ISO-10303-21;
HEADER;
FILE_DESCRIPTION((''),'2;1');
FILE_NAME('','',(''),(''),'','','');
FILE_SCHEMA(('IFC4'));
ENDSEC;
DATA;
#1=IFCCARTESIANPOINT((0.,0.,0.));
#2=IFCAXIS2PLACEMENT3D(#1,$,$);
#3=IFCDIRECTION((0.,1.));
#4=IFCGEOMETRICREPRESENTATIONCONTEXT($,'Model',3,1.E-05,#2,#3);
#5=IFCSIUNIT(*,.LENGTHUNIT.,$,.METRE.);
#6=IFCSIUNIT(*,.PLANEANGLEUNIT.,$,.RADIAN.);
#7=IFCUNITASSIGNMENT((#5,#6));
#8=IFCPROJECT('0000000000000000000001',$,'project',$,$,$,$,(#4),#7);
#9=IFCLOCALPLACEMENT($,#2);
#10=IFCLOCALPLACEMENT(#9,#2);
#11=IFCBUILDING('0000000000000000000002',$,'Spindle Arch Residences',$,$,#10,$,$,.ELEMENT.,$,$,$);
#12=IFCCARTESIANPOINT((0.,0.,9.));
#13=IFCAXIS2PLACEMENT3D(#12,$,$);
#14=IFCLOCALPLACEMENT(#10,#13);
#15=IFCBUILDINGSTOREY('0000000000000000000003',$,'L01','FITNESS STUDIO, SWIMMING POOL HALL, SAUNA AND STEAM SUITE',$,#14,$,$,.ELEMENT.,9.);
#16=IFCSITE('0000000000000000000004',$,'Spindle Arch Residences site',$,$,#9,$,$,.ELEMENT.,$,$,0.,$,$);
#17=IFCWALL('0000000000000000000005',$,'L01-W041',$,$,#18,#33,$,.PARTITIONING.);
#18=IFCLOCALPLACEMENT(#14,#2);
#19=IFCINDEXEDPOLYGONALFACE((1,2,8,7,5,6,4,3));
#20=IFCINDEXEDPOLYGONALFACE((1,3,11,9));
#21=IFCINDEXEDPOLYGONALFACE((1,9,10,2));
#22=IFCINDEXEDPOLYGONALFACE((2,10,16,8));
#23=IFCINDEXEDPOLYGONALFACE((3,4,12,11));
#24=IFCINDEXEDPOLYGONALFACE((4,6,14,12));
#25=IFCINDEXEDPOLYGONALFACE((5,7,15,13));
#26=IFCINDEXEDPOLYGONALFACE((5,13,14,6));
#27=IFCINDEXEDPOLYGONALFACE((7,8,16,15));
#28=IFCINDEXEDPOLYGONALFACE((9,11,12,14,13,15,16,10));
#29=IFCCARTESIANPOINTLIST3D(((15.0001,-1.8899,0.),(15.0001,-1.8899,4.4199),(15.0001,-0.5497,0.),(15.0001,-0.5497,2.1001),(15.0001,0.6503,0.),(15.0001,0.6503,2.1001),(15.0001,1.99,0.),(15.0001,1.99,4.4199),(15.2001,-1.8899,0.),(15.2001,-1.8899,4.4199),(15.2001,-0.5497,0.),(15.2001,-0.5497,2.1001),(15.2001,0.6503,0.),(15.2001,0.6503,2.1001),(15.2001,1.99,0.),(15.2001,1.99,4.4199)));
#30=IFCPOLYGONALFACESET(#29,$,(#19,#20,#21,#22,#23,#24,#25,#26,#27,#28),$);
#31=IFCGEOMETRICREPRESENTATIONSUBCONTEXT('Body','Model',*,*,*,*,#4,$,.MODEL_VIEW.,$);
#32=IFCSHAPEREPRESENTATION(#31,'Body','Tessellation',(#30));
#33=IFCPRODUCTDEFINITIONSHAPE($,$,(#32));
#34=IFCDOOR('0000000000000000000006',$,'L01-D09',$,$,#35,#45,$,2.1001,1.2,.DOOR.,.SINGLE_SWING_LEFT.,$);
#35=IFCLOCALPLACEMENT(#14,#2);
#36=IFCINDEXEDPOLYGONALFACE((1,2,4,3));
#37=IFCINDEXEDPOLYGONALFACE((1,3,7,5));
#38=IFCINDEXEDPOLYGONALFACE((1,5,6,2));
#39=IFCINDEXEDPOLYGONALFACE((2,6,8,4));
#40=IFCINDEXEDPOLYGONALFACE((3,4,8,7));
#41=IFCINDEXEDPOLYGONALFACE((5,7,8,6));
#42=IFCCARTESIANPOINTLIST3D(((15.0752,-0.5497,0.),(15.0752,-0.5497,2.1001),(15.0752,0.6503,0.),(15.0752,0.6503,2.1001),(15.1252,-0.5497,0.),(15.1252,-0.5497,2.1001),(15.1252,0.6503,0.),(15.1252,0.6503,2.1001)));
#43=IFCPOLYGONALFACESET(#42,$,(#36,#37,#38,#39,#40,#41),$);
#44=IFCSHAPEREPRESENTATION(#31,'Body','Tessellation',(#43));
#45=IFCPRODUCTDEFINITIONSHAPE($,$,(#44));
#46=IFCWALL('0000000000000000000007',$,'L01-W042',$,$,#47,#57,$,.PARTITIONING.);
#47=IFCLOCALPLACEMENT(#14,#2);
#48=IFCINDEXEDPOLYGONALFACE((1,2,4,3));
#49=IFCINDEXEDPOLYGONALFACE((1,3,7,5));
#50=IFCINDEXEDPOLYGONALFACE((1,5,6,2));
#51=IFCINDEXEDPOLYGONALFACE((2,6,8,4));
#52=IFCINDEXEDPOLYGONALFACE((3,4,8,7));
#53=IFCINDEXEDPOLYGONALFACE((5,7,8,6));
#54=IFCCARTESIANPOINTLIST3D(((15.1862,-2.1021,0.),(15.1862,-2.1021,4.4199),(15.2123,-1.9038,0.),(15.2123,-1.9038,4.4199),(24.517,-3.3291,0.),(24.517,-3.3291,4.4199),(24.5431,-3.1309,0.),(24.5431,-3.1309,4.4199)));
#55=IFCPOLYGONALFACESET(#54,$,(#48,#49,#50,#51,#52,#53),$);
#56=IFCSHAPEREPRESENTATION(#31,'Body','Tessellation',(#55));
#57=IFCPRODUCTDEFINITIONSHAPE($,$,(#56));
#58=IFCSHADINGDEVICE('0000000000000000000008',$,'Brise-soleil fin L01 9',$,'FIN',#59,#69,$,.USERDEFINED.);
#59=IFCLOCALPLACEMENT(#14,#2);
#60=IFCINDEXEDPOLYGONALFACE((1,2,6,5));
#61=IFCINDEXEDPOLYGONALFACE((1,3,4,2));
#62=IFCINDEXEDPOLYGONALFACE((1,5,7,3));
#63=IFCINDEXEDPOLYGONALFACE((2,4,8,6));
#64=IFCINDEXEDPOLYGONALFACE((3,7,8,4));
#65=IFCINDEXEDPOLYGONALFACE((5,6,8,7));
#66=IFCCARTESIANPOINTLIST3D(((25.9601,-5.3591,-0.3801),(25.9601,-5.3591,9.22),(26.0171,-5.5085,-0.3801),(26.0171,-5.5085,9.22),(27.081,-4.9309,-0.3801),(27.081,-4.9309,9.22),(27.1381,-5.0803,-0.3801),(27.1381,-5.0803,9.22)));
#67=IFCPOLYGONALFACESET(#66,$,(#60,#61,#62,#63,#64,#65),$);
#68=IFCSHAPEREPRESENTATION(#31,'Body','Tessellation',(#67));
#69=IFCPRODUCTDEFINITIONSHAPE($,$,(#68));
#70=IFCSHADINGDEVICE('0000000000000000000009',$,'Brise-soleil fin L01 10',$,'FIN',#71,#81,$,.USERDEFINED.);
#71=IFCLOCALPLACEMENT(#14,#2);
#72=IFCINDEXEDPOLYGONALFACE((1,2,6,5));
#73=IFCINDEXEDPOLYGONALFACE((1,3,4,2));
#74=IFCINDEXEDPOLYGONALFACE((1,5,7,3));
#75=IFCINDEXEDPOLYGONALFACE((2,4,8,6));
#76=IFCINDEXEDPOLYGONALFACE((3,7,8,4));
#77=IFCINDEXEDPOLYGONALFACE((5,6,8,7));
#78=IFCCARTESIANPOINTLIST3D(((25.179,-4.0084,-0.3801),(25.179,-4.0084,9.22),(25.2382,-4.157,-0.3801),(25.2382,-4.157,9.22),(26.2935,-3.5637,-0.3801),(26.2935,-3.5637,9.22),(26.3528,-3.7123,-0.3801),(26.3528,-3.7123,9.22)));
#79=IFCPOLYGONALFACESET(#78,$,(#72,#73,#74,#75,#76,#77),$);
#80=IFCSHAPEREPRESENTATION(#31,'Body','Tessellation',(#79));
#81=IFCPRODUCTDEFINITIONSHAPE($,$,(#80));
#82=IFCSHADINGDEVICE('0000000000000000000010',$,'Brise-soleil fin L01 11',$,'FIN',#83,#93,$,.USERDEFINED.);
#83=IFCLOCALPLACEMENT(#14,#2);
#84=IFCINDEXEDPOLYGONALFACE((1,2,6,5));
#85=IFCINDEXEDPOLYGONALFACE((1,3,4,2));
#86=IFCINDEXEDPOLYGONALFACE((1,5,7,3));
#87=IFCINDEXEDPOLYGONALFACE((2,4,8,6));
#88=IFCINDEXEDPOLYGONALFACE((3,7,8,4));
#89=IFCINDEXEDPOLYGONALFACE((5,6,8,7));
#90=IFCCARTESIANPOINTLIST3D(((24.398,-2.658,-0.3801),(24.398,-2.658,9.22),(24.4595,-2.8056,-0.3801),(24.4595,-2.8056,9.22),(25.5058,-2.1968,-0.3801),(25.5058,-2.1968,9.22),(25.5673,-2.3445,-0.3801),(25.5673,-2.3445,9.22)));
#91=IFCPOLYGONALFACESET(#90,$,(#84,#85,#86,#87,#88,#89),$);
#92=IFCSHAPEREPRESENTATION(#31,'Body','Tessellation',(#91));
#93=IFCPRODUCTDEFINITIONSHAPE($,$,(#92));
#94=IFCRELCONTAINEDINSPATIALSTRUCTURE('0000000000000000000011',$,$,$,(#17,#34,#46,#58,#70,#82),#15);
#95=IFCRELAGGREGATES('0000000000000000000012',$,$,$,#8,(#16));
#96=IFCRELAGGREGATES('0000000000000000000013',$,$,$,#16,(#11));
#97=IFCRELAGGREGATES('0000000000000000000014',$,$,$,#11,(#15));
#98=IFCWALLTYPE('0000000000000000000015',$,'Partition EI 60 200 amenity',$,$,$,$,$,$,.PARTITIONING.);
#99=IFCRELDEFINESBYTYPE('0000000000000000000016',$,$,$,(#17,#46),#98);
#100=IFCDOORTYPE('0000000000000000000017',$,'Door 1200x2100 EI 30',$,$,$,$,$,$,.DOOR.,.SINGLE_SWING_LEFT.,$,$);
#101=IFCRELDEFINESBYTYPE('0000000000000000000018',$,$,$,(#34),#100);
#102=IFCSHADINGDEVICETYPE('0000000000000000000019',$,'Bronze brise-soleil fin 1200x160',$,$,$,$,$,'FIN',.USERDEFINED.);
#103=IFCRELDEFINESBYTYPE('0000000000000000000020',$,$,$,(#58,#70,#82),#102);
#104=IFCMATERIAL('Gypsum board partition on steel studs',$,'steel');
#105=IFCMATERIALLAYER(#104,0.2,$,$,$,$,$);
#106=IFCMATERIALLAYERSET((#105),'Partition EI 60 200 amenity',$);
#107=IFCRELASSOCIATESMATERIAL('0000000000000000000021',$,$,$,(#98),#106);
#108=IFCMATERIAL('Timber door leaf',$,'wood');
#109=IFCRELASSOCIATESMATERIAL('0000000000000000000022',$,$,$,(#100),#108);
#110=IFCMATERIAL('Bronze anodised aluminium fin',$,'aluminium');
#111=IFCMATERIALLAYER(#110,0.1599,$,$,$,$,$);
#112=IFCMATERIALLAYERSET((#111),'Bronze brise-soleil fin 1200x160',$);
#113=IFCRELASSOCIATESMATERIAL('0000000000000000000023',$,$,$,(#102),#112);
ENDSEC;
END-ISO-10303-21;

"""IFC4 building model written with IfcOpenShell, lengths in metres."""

from ifc_helpers import new_model, si_unit, direction, frame, frame_2d, origin, origin_2d, place, context, subcontext, project, spatial, rectangle, extrude, material, layer, layer_set, type_object, element, fill, save


model = new_model("IFC4")

# Units and contexts
model_context = context("Model", 3, precision=1e-05, world=origin(), true_north=direction((0.0, 1.0)))
body_context = subcontext(model_context, "Body", "Model", "MODEL_VIEW")
ifc_project = project(units=[si_unit("LENGTHUNIT", "METRE"), si_unit("PLANEANGLEUNIT", "RADIAN")], contexts=[model_context])

# Site, building, storey
site_placement = place(None, origin())
site = spatial("IfcSite", under=ifc_project, at=site_placement, Name="Spindle Arch Residences site", CompositionType="ELEMENT", RefElevation=0.0)
building_placement = place(site_placement, origin())
building = spatial("IfcBuilding", under=site, at=building_placement, Name="Spindle Arch Residences", CompositionType="ELEMENT")
storey_placement = place(building_placement, frame((0.0, 0.0, 9.0)))
storey = spatial("IfcBuildingStorey", under=building, at=storey_placement, Name="L01", Description="FITNESS STUDIO, SWIMMING POOL HALL, SAUNA AND STEAM SUITE", CompositionType="ELEMENT", Elevation=9.0)

# Wall, opening, door
ifc_material_1 = material(Name="Gypsum board partition on steel studs", Category="steel")
ifc_layer_1 = layer(ifc_material_1, 0.2)
ifc_layer_set_1 = layer_set([ifc_layer_1], Name="Partition EI 60 200 amenity")
wall_type = type_object("IfcWallType", Name="Partition EI 60 200 amenity", PredefinedType="PARTITIONING", material=ifc_layer_set_1)
wall_1_placement = place(storey_placement, frame((15.1001, -1.8899, 0.0), z_axis=(0.0, 0.0, 1.0), x_axis=(0.0, 1.0, 0.0)))
wall_1 = element("IfcWall", 1, at=wall_1_placement, inside=storey, type_object=wall_type, Name="L01-W041", PredefinedType="PARTITIONING", context=body_context, shape_type="SweptSolid", body=[
    extrude(rectangle(XDim=3.8799, YDim=0.2, at=frame_2d((1.9399, 0.0))), origin(), (0.0, 0.0, 1.0), 4.4199),
])
opening_placement = place(wall_1_placement, frame((1.3401, 0.0, 0.0)))
opening = element("IfcOpeningElement", 2, at=opening_placement, cuts=wall_1, PredefinedType="OPENING", context=body_context, shape_type="SweptSolid", body=[
    extrude(rectangle(XDim=1.2, YDim=2.1001, at=frame_2d((0.6001, 1.05))), frame((0.0, 0.1099, 0.0), z_axis=(0.0, -1.0, 0.0), x_axis=(1.0, 0.0, 0.0)), (0.0, 0.0, 1.0), 0.22),
])
ifc_material_2 = material(Name="Timber door leaf", Category="wood")
door_type = type_object("IfcDoorType", Name="Door 1200x2100 EI 30", OperationType="SINGLE_SWING_LEFT", PredefinedType="DOOR", material=ifc_material_2)
door_placement = place(opening_placement, origin())
door = element("IfcDoor", 3, at=door_placement, inside=storey, type_object=door_type, Name="L01-D09", OperationType="SINGLE_SWING_LEFT", OverallHeight=2.1001, OverallWidth=1.2, PredefinedType="DOOR", context=body_context, shape_type="SweptSolid", body=[
    extrude(rectangle(XDim=1.2, YDim=2.1001, at=frame_2d((0.6001, 1.05))), frame((0.0, 0.0249, 0.0), z_axis=(0.0, -1.0, 0.0), x_axis=(1.0, 0.0, 0.0)), (0.0, 0.0, 1.0), 0.05),
])
fill(opening, door)

# Wall
wall_2_placement = place(storey_placement, frame((15.1992, -2.0029, 0.0), z_axis=(0.0, 0.0, 1.0), x_axis=(0.991464, -0.130383, 0.0)))
element("IfcWall", 4, at=wall_2_placement, inside=storey, type_object=wall_type, Name="L01-W042", PredefinedType="PARTITIONING", context=body_context, shape_type="SweptSolid", body=[
    extrude(rectangle(XDim=9.4111, YDim=0.2, at=frame_2d((4.7056, 0.0))), origin(), (0.0, 0.0, 1.0), 4.4199),
])

# Shading devices
ifc_material_3 = material(Name="Bronze anodised aluminium fin", Category="aluminium")
ifc_layer_2 = layer(ifc_material_3, 0.1599)
ifc_layer_set_2 = layer_set([ifc_layer_2], Name="Bronze brise-soleil fin 1200x160")
shading_device_type = type_object("IfcShadingDeviceType", Name="Bronze brise-soleil fin 1200x160", ElementType="FIN", PredefinedType="USERDEFINED", material=ifc_layer_set_2)
for number, where, z_axis, x_axis, name in (
    (5, (26.5491, -5.2197, -0.3801), (0.0, 0.0, 1.0), (0.934165, 0.356842, 0.0), "Brise-soleil fin L01 9"),
    (6, (25.7659, -3.8604, -0.3801), (0.0, 0.0, 1.0), (0.928792, 0.370601, 0.0), "Brise-soleil fin L01 10"),
    (7, (24.9827, -2.5012, -0.3801), (0.0, 0.0, 1.0), (0.923217, 0.38428, 0.0), "Brise-soleil fin L01 11"),
):
    element("IfcShadingDevice", number, at=place(storey_placement, frame(where, z_axis=z_axis, x_axis=x_axis)), inside=storey, type_object=shading_device_type, Name=name, ObjectType="FIN", PredefinedType="USERDEFINED", context=body_context, shape_type="SweptSolid", body=[
        extrude(rectangle(XDim=1.2, YDim=0.1599, at=origin_2d()), origin(), (0.0, 0.0, 1.0), 9.6001),
    ])

save(model, "model.ifc")
